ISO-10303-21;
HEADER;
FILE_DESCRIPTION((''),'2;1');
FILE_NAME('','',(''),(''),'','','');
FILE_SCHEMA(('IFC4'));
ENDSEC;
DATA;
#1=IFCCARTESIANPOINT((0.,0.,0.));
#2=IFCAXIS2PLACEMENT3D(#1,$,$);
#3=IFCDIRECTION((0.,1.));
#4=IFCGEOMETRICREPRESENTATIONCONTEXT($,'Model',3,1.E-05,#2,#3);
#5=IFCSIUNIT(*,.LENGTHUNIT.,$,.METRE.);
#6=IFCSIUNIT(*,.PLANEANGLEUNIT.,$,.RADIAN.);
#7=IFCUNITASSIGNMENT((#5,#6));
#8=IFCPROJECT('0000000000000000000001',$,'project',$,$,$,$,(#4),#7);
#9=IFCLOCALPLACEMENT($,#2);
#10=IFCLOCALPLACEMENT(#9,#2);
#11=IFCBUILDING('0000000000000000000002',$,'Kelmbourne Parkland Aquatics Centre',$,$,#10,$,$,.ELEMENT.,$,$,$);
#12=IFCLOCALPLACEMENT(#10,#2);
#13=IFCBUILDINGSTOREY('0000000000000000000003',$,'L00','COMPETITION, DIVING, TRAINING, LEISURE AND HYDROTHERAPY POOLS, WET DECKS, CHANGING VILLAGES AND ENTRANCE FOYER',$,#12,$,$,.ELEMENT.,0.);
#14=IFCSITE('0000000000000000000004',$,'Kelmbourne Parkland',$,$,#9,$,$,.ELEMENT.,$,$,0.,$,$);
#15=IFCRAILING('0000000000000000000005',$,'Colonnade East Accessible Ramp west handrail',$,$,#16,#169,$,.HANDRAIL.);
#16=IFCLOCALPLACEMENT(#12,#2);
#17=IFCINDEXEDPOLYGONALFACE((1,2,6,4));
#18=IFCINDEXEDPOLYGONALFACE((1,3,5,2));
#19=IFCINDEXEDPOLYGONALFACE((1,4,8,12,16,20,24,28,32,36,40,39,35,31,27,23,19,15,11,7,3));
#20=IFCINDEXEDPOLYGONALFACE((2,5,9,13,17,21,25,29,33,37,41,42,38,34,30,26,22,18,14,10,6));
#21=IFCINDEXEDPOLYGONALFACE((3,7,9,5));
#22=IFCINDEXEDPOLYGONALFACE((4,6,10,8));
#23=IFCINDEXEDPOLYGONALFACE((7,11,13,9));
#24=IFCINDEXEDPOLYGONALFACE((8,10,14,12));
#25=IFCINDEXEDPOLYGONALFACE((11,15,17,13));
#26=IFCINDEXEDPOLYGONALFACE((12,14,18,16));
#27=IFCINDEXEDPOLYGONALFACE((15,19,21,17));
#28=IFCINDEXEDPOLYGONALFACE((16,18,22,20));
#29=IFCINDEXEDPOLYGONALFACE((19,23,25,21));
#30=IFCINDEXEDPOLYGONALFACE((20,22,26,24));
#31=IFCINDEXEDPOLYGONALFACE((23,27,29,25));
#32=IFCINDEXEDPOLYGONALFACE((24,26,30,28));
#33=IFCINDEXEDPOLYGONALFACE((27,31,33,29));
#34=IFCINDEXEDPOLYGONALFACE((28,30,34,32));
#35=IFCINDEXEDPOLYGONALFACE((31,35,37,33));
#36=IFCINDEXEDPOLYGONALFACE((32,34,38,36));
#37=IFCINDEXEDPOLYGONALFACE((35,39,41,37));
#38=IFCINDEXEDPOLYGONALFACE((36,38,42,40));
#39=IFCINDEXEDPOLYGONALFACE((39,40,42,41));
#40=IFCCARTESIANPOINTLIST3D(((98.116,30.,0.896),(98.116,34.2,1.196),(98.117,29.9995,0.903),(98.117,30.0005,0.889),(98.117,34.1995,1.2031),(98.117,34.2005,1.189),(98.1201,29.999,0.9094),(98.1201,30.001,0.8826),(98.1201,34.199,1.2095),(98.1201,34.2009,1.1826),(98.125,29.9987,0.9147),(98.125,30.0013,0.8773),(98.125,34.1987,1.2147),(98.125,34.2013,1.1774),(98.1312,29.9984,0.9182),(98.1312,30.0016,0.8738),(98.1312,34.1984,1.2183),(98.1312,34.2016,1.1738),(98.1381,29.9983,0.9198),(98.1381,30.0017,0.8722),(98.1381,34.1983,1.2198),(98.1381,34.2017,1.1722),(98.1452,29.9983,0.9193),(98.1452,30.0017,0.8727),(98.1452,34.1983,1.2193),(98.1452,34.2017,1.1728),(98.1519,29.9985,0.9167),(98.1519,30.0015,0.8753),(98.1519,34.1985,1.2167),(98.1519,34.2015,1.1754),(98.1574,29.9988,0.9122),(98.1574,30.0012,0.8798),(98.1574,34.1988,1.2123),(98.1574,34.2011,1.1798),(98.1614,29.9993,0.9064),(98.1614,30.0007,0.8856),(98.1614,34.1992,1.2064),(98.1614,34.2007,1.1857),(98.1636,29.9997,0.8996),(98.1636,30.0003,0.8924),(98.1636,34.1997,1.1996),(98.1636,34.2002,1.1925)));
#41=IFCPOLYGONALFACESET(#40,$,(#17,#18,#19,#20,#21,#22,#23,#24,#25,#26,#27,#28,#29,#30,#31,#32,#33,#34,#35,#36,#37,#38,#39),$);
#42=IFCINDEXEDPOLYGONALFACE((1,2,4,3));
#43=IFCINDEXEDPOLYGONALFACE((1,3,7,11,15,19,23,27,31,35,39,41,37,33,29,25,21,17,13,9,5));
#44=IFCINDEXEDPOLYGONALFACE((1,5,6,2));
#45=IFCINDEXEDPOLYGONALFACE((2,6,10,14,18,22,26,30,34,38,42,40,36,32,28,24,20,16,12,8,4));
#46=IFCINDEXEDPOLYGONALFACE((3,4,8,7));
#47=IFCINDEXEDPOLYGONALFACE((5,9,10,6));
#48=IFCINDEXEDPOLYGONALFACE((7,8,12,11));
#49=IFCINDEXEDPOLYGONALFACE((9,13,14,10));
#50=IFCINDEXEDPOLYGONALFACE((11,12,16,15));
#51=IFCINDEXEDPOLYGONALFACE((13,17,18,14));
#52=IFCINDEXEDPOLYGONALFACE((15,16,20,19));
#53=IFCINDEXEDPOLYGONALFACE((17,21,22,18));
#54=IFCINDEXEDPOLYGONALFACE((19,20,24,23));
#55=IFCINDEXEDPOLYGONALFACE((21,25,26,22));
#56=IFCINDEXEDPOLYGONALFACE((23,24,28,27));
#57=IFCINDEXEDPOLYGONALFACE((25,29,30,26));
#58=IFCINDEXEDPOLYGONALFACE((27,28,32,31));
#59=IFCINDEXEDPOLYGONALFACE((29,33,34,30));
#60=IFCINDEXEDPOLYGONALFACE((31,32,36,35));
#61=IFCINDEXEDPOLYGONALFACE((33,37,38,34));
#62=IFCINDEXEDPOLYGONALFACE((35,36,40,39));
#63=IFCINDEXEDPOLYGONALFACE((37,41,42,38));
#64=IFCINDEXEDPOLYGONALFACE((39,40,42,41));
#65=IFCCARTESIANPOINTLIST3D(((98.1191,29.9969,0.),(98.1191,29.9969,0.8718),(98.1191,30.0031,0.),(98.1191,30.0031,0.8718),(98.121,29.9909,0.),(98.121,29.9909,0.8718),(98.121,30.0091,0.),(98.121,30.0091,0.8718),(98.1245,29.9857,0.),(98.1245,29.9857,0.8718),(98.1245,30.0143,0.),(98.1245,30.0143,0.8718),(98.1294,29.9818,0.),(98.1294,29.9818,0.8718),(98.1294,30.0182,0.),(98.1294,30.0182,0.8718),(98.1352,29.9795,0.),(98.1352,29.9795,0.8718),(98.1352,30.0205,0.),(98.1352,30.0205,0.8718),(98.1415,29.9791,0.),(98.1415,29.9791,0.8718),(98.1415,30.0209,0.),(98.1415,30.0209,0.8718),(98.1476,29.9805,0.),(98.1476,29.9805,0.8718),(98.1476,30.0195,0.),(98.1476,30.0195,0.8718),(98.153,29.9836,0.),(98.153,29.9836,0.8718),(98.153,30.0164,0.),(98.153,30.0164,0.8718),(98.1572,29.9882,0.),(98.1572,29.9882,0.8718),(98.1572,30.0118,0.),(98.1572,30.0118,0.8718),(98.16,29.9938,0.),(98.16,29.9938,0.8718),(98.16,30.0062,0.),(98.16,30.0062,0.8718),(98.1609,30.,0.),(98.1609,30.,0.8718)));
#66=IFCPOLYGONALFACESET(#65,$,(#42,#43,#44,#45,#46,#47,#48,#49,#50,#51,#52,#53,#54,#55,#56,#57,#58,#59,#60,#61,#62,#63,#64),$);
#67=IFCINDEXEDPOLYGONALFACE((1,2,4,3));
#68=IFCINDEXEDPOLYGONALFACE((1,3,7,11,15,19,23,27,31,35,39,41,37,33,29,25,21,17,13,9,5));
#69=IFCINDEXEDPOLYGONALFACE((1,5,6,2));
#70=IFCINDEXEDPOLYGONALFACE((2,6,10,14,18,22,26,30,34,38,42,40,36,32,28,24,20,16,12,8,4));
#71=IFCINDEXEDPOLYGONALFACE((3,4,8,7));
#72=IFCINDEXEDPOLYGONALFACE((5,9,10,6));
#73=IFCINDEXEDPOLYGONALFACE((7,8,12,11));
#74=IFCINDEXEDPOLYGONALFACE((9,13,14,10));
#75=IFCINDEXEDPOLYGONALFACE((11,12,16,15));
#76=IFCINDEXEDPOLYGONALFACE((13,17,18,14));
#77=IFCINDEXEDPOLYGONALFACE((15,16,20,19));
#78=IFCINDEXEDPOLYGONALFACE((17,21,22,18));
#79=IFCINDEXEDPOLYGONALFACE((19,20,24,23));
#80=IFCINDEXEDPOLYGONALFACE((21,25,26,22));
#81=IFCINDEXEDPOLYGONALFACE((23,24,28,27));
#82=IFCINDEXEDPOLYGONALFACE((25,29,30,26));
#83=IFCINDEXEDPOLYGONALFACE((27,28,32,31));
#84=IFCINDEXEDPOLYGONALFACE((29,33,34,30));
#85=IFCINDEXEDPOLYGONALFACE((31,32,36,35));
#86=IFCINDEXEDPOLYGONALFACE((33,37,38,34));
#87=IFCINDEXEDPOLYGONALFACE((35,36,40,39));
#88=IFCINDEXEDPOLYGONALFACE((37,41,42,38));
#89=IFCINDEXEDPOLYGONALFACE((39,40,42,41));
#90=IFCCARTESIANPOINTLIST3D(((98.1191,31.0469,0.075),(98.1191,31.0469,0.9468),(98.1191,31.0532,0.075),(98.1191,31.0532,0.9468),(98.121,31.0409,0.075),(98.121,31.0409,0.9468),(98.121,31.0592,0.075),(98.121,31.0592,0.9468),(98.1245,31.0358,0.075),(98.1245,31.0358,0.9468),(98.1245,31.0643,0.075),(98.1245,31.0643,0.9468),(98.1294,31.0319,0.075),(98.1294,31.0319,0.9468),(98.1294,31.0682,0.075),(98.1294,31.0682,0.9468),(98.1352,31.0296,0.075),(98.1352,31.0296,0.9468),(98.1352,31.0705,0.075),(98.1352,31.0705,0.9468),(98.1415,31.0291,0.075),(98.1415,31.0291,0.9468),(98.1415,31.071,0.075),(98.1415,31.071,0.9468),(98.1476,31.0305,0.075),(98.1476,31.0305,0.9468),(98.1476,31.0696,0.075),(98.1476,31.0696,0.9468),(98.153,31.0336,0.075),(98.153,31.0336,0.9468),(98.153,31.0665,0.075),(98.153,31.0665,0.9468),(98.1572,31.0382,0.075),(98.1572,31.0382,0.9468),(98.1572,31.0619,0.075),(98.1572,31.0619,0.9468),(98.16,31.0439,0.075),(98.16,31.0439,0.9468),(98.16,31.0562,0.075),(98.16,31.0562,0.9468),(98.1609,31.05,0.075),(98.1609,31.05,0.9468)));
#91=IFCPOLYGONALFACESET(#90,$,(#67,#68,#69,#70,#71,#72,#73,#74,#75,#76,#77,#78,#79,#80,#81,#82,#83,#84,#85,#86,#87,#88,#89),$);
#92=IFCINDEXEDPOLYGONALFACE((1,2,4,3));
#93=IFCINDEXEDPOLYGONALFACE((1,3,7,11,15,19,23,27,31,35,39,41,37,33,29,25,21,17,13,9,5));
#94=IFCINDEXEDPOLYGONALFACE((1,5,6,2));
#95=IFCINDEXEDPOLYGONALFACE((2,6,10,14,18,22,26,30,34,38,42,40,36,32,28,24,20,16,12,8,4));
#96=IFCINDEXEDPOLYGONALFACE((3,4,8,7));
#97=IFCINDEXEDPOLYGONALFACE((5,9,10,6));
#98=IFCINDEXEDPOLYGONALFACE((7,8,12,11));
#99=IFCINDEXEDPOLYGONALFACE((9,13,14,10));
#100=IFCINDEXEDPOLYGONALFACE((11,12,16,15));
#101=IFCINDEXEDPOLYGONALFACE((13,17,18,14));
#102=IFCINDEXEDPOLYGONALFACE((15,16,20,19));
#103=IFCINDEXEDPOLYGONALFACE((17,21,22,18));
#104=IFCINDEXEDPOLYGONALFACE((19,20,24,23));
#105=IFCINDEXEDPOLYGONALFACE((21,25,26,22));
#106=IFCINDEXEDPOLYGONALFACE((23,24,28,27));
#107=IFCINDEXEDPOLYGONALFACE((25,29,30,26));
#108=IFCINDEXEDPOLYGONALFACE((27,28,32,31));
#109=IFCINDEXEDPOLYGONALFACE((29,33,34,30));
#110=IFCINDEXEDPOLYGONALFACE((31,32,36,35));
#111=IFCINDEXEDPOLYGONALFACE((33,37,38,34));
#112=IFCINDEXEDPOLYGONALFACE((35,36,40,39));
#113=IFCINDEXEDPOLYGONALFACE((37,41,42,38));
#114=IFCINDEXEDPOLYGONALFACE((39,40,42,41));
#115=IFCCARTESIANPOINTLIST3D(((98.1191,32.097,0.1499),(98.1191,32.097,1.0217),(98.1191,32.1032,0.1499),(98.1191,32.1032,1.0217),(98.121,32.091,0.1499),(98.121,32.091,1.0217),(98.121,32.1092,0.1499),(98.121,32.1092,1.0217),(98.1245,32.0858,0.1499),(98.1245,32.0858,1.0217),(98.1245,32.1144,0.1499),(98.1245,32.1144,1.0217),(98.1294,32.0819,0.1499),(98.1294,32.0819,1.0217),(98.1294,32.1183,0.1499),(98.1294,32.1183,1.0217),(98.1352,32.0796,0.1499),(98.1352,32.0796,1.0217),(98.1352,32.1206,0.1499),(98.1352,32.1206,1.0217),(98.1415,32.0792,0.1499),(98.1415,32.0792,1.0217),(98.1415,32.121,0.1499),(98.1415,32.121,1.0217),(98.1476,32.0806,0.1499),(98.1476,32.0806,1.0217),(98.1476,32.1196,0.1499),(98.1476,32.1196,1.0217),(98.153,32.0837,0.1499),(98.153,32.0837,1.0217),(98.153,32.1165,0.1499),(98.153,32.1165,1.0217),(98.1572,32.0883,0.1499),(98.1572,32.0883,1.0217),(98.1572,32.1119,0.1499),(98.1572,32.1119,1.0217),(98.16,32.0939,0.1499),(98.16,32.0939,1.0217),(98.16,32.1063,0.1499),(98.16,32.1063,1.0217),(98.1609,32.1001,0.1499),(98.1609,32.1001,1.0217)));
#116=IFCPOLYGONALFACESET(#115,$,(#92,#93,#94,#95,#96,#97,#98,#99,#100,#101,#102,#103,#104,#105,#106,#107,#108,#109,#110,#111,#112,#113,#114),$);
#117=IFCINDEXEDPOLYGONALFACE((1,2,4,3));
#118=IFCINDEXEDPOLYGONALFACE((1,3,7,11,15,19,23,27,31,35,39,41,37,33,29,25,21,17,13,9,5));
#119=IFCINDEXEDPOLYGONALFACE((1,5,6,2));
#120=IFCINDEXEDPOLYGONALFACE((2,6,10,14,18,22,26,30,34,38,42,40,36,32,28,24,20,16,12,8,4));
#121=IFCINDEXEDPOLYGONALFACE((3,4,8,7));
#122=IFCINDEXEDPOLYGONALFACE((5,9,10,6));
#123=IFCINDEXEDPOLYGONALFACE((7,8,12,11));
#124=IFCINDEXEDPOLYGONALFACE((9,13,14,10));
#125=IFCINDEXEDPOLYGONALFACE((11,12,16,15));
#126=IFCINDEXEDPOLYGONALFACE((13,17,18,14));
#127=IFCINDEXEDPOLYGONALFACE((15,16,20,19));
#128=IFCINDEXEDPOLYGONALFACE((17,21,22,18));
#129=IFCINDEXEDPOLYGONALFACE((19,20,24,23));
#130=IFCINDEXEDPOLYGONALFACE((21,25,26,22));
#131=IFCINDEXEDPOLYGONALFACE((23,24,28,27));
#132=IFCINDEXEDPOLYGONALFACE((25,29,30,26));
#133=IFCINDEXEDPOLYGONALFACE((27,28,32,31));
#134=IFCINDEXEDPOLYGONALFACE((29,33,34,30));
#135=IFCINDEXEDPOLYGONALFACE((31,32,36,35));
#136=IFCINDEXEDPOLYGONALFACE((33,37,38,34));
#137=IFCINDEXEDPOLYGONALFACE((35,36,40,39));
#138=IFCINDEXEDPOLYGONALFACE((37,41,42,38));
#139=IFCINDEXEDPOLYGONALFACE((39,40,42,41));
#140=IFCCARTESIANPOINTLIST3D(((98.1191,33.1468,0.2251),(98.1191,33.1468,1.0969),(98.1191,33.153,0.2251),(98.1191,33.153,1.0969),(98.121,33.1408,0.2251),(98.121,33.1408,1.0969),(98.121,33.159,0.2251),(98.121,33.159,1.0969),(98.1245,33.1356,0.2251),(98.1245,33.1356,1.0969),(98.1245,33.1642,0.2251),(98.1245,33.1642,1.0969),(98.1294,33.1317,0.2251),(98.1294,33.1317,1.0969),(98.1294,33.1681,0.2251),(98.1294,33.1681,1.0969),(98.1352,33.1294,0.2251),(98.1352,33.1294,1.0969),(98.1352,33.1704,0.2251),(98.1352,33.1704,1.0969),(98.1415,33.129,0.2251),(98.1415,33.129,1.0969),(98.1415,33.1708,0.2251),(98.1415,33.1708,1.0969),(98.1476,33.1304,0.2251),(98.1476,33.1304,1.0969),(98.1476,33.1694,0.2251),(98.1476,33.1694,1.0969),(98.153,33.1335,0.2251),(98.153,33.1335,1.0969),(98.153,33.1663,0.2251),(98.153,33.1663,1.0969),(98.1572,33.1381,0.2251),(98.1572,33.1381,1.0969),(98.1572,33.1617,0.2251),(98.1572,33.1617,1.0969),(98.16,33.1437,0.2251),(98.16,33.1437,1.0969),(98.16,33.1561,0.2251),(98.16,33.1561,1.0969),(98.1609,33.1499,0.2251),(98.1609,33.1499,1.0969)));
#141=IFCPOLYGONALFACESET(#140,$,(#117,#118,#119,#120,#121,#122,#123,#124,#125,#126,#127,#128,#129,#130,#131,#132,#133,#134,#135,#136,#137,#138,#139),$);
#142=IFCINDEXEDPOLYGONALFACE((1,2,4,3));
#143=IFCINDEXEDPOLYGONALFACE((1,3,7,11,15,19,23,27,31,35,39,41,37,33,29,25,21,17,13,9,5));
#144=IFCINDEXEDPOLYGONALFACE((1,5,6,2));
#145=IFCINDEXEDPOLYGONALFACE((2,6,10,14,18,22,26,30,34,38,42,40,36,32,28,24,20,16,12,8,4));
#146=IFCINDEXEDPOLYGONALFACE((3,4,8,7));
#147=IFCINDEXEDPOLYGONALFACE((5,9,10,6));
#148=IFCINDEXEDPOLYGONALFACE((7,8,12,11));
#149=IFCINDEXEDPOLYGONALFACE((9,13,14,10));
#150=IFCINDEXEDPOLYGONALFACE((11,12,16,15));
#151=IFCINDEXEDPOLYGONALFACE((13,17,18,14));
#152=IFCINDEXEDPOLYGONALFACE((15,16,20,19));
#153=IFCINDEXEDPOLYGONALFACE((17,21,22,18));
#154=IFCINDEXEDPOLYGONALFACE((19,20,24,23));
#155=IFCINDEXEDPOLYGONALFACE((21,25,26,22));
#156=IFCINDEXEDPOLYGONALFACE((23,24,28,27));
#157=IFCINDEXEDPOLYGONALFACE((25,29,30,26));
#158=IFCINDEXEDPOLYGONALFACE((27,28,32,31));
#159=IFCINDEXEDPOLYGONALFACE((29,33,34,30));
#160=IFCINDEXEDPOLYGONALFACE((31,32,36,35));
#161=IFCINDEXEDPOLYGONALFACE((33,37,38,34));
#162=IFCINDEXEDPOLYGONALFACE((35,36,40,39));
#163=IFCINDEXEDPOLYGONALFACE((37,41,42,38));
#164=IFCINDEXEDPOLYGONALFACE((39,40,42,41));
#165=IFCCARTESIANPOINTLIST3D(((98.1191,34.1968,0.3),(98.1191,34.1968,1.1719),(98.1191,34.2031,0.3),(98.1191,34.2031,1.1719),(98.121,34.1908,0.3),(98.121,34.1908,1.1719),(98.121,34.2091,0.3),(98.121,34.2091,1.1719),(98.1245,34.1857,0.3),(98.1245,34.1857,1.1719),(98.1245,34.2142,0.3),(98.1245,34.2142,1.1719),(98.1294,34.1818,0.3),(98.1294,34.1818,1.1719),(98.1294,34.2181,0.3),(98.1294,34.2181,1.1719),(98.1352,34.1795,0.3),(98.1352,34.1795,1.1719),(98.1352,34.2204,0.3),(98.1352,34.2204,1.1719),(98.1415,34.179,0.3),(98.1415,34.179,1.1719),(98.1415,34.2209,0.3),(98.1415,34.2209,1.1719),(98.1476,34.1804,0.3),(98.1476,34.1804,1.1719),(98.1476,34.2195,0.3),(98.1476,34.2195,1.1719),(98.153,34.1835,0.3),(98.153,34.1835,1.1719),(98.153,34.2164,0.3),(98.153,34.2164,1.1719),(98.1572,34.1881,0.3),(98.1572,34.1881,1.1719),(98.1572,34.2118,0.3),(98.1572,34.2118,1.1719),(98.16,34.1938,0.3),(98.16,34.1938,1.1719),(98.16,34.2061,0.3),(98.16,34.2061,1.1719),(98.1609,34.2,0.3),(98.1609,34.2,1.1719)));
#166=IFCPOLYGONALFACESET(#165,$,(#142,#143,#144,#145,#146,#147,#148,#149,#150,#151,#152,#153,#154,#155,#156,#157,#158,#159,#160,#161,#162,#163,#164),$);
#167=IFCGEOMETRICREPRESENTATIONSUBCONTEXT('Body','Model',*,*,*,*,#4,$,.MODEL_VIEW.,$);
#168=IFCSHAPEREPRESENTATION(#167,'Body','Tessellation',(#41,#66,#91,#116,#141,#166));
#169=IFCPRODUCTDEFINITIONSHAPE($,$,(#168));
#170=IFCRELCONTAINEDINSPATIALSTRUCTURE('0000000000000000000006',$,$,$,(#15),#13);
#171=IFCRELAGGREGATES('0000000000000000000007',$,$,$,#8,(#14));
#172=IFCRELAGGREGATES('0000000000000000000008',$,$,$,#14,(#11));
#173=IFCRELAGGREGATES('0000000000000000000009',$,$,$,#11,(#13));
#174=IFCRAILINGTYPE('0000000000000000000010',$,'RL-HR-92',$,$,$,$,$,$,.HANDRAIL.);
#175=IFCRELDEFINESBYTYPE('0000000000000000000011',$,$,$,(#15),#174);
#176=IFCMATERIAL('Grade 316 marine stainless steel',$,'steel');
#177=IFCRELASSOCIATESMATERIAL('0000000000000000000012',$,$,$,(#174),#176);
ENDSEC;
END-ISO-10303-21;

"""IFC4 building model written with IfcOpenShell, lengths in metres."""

from ifc_helpers import new_model, si_unit, direction, frame, origin, origin_2d, place, context, subcontext, project, spatial, circle, extrude, material, type_object, element, save


model = new_model("IFC4")

# Units and contexts
model_context = context("Model", 3, precision=1e-05, world=origin(), true_north=direction((0.0, 1.0)))
body_context = subcontext(model_context, "Body", "Model", "MODEL_VIEW")
ifc_project = project(units=[si_unit("LENGTHUNIT", "METRE"), si_unit("PLANEANGLEUNIT", "RADIAN")], contexts=[model_context])

# Site, building, storey
site_placement = place(None, origin())
site = spatial("IfcSite", under=ifc_project, at=site_placement, Name="Kelmbourne Parkland", CompositionType="ELEMENT", RefElevation=0.0)
building_placement = place(site_placement, origin())
building = spatial("IfcBuilding", under=site, at=building_placement, Name="Kelmbourne Parkland Aquatics Centre", CompositionType="ELEMENT")
storey_placement = place(building_placement, origin())
storey = spatial("IfcBuildingStorey", under=building, at=storey_placement, Name="L00", Description="COMPETITION, DIVING, TRAINING, LEISURE AND HYDROTHERAPY POOLS, WET DECKS, CHANGING VILLAGES AND ENTRANCE FOYER", CompositionType="ELEMENT", Elevation=0.0)

# Railing
ifc_material_1 = material(Name="Grade 316 marine stainless steel", Category="steel")
railing_type = type_object("IfcRailingType", Name="RL-HR-92", PredefinedType="HANDRAIL", material=ifc_material_1)
for number, where, name in (
    (1, (98.1399, 30.0, 0.0), "Colonnade East Accessible Ramp west handrail"),
):
    element("IfcRailing", number, at=place(storey_placement, frame(where)), inside=storey, type_object=railing_type, Name=name, PredefinedType="HANDRAIL", context=body_context, shape_type="SweptSolid", body=[
        extrude(circle(Radius=0.0239, at=origin_2d()), frame((0.0, 0.0, 0.896), z_axis=(0.0, 0.997458, 0.071259), x_axis=(-1.0, 0.0, 0.0)), (0.0, 0.0, 1.0), 4.2107),
        extrude(circle(Radius=0.021, at=origin_2d()), origin(), (0.0, 0.0, 1.0), 0.8718),
        extrude(circle(Radius=0.021, at=origin_2d()), frame((0.0, 1.05, 0.075)), (0.0, 0.0, 1.0), 0.8718),
        extrude(circle(Radius=0.021, at=origin_2d()), frame((0.0, 2.1001, 0.1499)), (0.0, 0.0, 1.0), 0.8718),
        extrude(circle(Radius=0.021, at=origin_2d()), frame((0.0, 3.1499, 0.2251)), (0.0, 0.0, 1.0), 0.8718),
        extrude(circle(Radius=0.021, at=origin_2d()), frame((0.0, 4.2, 0.3)), (0.0, 0.0, 1.0), 0.8718),
    ])

save(model, "model.ifc")
